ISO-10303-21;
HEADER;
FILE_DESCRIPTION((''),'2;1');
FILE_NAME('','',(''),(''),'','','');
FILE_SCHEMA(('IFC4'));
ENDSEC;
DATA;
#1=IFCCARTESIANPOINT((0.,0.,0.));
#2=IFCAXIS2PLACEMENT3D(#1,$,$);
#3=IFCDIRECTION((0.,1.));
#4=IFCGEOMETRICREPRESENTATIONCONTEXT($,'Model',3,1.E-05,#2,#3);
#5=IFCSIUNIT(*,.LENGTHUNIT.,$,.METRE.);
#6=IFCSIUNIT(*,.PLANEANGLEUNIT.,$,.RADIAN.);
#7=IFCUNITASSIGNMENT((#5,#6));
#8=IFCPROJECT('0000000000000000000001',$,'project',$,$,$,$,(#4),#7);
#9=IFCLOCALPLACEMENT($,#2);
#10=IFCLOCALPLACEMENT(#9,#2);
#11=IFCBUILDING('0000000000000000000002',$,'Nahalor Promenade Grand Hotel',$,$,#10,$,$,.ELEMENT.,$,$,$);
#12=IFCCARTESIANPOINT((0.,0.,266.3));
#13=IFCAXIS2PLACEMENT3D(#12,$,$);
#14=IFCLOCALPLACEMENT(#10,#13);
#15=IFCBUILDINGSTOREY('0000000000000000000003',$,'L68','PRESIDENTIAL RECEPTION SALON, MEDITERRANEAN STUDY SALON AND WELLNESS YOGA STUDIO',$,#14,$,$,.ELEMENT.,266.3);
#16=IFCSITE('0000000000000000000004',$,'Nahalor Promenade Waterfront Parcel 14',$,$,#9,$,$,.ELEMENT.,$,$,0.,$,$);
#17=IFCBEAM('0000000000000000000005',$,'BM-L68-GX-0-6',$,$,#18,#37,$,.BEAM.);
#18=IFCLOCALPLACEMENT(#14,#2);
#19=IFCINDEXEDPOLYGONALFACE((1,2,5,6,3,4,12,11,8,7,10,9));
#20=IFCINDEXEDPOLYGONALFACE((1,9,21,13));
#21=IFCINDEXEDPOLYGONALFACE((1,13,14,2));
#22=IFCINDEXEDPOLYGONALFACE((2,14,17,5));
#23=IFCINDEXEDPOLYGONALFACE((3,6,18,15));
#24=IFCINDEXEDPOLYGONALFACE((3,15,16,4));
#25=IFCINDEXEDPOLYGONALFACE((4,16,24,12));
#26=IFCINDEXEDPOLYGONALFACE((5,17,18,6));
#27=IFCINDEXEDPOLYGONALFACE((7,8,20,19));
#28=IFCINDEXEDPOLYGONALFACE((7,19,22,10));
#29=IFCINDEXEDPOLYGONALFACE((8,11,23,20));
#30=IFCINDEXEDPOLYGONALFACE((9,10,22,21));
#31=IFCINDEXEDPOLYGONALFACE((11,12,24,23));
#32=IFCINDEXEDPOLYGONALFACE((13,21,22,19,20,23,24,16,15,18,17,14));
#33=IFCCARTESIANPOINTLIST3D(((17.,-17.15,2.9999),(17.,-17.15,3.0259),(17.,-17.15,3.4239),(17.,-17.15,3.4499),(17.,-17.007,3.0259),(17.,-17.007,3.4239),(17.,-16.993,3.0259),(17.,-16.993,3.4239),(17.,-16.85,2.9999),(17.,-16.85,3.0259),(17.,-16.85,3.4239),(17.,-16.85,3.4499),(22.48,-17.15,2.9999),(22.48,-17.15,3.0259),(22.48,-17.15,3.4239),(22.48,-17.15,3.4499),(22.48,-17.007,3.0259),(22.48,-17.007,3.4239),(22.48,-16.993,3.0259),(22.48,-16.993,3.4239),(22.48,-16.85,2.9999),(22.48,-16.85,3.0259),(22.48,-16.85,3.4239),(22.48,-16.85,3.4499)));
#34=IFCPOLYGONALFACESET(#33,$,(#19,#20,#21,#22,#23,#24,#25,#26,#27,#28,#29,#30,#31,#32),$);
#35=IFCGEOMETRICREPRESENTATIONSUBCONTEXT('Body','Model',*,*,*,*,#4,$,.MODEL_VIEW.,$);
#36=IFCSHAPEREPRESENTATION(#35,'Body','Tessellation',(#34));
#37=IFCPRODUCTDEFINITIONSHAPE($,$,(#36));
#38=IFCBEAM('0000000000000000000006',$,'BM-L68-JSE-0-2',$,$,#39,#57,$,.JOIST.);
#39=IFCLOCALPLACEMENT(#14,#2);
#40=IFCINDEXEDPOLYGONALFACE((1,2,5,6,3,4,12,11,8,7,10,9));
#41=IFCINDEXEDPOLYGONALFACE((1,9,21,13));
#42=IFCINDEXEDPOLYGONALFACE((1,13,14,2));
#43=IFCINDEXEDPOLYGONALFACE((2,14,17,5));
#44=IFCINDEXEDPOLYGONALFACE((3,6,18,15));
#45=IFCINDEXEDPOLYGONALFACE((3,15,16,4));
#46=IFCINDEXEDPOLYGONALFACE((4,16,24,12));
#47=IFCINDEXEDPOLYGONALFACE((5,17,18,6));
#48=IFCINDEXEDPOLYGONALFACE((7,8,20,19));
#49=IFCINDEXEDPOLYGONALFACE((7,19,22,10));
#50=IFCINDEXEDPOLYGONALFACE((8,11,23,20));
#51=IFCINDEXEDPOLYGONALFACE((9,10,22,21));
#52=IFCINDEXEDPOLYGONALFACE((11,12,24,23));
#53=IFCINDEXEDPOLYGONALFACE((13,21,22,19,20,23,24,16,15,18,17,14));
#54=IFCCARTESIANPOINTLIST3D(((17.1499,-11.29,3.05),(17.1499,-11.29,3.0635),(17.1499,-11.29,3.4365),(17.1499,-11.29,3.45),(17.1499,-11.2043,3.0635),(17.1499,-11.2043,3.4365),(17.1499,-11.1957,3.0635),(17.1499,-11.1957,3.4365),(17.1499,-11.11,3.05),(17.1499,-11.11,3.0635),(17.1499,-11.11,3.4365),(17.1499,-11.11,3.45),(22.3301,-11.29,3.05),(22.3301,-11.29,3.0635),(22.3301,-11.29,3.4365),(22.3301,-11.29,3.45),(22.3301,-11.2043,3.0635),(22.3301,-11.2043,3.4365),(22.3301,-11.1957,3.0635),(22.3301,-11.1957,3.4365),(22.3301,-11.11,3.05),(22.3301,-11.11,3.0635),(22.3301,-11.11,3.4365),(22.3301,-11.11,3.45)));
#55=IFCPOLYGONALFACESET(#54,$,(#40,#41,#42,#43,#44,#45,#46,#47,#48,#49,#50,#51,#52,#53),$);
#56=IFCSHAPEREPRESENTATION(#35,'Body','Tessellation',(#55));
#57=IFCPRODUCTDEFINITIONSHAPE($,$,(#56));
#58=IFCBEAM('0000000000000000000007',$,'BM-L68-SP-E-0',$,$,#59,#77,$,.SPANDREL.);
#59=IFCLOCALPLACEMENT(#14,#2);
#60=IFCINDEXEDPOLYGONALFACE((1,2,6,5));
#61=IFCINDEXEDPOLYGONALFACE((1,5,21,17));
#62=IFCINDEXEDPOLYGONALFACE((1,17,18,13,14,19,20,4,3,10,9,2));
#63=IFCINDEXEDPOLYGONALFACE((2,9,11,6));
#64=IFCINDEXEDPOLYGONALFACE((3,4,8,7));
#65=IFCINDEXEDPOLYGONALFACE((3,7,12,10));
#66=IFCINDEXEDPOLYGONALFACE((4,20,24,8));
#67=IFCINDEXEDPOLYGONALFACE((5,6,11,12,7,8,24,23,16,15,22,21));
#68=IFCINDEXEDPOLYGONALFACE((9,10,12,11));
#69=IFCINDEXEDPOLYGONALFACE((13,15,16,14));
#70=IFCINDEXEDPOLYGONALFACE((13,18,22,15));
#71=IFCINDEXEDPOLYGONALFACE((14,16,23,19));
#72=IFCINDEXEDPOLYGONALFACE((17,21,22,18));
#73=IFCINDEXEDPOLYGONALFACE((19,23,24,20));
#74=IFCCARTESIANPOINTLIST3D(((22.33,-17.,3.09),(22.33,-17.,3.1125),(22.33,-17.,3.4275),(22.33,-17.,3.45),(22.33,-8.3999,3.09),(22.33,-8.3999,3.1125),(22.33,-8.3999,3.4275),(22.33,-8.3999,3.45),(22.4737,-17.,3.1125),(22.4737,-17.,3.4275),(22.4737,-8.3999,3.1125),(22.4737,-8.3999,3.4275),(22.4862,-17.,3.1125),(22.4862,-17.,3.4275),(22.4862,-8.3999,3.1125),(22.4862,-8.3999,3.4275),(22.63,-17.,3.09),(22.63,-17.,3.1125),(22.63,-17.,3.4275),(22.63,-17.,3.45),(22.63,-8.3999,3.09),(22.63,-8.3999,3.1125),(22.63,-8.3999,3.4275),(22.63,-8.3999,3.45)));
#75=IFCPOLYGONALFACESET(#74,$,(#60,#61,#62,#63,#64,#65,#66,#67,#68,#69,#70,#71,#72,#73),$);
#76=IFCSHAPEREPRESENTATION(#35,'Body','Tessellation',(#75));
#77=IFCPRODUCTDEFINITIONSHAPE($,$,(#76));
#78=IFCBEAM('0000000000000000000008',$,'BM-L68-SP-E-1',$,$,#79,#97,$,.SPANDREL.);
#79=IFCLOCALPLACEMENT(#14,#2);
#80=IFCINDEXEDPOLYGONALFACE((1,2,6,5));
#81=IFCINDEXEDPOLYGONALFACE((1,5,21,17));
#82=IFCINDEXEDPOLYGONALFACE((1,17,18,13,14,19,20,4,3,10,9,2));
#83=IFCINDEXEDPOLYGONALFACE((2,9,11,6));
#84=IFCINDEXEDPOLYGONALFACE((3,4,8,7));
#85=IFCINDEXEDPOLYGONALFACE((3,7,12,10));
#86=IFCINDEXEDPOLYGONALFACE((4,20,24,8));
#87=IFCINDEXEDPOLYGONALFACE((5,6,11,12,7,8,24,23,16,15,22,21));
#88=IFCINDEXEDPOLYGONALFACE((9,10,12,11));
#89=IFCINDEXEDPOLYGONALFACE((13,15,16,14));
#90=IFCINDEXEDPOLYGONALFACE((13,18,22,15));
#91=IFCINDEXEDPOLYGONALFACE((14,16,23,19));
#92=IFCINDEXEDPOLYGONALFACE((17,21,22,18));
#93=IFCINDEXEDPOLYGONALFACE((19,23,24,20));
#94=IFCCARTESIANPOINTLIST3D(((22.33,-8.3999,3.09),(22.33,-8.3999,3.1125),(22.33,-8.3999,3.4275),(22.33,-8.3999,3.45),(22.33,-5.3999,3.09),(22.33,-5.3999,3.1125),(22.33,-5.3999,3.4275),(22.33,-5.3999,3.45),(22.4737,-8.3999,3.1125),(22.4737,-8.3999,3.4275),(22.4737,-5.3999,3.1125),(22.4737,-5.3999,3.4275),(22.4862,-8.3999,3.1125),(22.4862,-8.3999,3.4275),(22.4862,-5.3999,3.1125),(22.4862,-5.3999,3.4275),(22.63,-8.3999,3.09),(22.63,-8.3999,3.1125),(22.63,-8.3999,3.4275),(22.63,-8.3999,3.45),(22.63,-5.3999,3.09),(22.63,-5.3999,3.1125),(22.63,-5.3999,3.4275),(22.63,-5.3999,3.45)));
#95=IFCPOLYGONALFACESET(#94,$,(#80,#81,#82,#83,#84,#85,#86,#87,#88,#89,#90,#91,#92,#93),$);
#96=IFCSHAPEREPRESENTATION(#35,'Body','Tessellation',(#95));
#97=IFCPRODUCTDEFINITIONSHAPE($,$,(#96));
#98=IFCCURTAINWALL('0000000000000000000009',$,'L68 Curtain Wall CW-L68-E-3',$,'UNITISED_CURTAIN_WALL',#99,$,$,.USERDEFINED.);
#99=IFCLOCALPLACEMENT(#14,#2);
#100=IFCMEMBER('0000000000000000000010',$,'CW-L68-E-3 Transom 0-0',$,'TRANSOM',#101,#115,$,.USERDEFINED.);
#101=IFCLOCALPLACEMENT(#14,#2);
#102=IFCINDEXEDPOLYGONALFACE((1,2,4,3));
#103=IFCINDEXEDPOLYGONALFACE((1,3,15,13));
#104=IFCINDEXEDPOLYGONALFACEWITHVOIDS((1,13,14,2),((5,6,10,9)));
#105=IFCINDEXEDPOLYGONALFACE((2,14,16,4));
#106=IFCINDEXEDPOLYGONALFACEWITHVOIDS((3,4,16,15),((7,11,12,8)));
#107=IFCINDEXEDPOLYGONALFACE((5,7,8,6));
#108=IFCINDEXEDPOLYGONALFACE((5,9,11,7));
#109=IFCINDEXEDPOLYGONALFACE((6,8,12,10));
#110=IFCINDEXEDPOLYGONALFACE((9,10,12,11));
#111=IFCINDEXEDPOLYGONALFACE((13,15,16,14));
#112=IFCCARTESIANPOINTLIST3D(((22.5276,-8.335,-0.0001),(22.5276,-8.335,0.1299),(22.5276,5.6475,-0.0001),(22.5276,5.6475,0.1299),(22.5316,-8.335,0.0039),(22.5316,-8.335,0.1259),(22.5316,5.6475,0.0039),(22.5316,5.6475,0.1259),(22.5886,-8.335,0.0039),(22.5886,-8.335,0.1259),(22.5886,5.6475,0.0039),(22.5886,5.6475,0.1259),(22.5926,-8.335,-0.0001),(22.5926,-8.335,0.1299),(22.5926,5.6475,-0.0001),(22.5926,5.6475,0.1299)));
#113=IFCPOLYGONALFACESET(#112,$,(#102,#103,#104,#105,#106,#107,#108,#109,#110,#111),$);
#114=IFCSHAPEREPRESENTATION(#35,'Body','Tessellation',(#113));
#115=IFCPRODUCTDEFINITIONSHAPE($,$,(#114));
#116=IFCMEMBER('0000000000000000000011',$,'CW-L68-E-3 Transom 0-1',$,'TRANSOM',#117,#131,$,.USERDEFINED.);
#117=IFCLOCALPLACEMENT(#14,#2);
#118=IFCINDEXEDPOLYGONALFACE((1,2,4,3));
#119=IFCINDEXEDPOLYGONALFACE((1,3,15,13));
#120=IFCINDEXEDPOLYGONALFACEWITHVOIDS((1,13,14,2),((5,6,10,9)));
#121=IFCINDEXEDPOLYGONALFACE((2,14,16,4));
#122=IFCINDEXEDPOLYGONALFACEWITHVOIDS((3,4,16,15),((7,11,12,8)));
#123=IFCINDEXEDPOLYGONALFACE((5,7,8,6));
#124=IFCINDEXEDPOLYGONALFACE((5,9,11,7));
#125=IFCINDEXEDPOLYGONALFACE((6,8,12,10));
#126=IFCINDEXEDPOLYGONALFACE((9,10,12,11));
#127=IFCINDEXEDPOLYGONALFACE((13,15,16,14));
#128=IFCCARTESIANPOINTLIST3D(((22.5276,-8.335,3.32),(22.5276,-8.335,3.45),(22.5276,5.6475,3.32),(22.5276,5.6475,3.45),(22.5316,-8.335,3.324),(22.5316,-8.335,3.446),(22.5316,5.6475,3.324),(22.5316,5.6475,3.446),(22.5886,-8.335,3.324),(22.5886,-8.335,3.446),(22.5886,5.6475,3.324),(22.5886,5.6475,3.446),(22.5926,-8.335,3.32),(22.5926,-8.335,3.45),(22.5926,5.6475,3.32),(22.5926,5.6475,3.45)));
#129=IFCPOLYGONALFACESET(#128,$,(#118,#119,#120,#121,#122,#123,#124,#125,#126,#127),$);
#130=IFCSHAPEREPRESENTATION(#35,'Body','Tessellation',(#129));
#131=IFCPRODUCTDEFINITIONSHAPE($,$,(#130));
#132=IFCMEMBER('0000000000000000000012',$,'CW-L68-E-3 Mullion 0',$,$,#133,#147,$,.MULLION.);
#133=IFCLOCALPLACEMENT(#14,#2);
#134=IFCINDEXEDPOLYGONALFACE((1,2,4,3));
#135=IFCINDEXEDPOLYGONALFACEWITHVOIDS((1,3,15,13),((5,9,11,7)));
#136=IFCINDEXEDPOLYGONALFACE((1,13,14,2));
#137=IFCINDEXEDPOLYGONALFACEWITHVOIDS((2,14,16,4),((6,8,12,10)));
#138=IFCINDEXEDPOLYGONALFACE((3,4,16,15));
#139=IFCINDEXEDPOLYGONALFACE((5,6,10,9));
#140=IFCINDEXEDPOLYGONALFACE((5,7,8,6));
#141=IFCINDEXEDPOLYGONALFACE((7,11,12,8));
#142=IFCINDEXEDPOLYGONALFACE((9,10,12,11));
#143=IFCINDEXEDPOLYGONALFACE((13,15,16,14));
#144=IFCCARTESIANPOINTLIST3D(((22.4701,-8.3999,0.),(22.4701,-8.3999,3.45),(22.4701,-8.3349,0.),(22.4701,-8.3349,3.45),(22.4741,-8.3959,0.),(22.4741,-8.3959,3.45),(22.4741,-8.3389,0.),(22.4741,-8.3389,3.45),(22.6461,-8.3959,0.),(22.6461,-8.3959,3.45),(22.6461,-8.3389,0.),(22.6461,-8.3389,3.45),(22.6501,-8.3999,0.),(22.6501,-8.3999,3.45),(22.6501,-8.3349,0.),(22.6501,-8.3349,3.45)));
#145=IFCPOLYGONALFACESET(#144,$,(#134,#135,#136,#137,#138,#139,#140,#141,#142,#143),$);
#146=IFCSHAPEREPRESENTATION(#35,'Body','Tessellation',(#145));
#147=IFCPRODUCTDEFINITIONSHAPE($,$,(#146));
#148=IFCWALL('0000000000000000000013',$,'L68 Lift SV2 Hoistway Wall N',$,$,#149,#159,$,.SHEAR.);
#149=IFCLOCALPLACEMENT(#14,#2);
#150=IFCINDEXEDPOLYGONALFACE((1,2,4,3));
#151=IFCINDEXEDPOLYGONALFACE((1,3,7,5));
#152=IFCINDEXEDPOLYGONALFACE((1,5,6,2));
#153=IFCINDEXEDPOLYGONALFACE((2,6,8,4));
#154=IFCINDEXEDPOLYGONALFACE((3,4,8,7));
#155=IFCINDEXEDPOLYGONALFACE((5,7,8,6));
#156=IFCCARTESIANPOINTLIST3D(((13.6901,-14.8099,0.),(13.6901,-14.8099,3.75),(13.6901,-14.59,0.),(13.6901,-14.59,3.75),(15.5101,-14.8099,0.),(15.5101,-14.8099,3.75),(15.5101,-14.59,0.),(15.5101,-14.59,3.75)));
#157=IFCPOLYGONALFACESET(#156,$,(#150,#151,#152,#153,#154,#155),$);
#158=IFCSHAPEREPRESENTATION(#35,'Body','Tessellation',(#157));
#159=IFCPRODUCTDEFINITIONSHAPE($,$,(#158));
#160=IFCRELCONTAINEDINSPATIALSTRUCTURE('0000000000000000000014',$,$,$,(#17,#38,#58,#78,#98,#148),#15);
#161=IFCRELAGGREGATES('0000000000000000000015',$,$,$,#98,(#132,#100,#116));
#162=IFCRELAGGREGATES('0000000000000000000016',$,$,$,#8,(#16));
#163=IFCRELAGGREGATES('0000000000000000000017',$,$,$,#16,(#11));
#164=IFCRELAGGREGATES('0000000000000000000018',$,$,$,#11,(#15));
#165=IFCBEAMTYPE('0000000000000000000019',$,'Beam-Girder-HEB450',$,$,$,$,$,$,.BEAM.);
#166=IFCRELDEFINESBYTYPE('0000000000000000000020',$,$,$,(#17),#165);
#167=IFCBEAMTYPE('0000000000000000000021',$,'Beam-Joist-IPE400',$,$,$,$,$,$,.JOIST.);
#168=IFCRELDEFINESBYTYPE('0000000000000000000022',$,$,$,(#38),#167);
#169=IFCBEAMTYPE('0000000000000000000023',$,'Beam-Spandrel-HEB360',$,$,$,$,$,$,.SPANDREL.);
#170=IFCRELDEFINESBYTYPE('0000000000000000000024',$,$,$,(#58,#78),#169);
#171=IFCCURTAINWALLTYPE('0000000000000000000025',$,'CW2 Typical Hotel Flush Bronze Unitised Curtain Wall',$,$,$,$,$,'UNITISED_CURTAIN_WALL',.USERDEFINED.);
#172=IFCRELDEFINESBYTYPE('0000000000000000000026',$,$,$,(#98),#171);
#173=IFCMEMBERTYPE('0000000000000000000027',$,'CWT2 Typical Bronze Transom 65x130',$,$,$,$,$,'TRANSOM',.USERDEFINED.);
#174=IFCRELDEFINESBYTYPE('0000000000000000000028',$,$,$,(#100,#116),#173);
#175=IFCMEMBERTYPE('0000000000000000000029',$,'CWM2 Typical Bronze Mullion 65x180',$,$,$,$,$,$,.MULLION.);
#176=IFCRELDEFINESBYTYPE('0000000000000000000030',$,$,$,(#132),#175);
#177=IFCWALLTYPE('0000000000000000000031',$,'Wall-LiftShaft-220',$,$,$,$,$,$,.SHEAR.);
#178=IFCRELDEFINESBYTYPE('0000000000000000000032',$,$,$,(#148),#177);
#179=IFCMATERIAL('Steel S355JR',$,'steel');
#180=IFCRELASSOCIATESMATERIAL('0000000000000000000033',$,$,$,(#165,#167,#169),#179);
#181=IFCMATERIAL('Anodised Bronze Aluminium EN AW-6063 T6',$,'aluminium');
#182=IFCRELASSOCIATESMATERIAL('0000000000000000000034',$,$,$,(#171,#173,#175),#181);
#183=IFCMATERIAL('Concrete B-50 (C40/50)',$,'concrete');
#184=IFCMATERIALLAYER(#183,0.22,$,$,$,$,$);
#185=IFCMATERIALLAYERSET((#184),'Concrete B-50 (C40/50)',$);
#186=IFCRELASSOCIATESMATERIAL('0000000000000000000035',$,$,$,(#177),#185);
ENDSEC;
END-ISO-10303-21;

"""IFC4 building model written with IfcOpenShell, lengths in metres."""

from ifc_helpers import new_model, si_unit, direction, frame, frame_2d, origin, origin_2d, place, context, subcontext, project, spatial, rectangle, hollow_rectangle, i_section, extrude, source, transform, mapped, material, layer, layer_set, material_profile, profile_set, type_object, element, aggregate, save


model = new_model("IFC4")

# Units and contexts
model_context = context("Model", 3, precision=1e-05, world=origin(), true_north=direction((0.0, 1.0)))
body_context = subcontext(model_context, "Body", "Model", "MODEL_VIEW")
ifc_project = project(units=[si_unit("LENGTHUNIT", "METRE"), si_unit("PLANEANGLEUNIT", "RADIAN")], contexts=[model_context])

# Site, building, storey
site_placement = place(None, origin())
site = spatial("IfcSite", under=ifc_project, at=site_placement, Name="Nahalor Promenade Waterfront Parcel 14", CompositionType="ELEMENT", RefElevation=0.0)
building_placement = place(site_placement, origin())
building = spatial("IfcBuilding", under=site, at=building_placement, Name="Nahalor Promenade Grand Hotel", CompositionType="ELEMENT")
storey_placement = place(building_placement, frame((0.0, 0.0, 266.3)))
storey = spatial("IfcBuildingStorey", under=building, at=storey_placement, Name="L68", Description="PRESIDENTIAL RECEPTION SALON, MEDITERRANEAN STUDY SALON AND WELLNESS YOGA STUDIO", CompositionType="ELEMENT", Elevation=266.3)

# Shared definitions
ifc_material_1 = material(Name="Steel S355JR", Category="steel")

# Beams
ifc_material_profile_1 = material_profile(ifc_material_1, i_section(OverallWidth=0.3, OverallDepth=0.45, WebThickness=0.014, FlangeThickness=0.026, at=origin_2d()), Name="HEB 450")
ifc_profile_set_1 = profile_set([ifc_material_profile_1], Name="Steel S355JR")
beam_type_1 = type_object("IfcBeamType", Name="Beam-Girder-HEB450", PredefinedType="BEAM", material=ifc_profile_set_1)
shared_shape_1 = source(origin(), body_context, "Body", "SweptSolid", [
    extrude(i_section(OverallWidth=0.3, OverallDepth=0.45, WebThickness=0.014, FlangeThickness=0.026, at=origin_2d()), origin(), (0.0, 0.0, 1.0), 5.48),
])
beam_1_placement = place(storey_placement, frame((17.0, -17.0, 3.2249), z_axis=(1.0, 0.0, 0.0), x_axis=(0.0, 1.0, 0.0)))
element("IfcBeam", 1, at=beam_1_placement, inside=storey, type_object=beam_type_1, Name="BM-L68-GX-0-6", PredefinedType="BEAM", context=body_context, shape_type="MappedRepresentation", body=[
    mapped(shared_shape_1, transform((0.0, 0.0, 0.0), scale=1.0)),
])
ifc_material_profile_2 = material_profile(ifc_material_1, i_section(OverallWidth=0.18, OverallDepth=0.4, WebThickness=0.0086, FlangeThickness=0.0135, at=origin_2d()), Name="IPE 400")
ifc_profile_set_2 = profile_set([ifc_material_profile_2], Name="Steel S355JR")
beam_type_2 = type_object("IfcBeamType", Name="Beam-Joist-IPE400", PredefinedType="JOIST", material=ifc_profile_set_2)
shared_shape_2 = source(origin(), body_context, "Body", "SweptSolid", [
    extrude(i_section(OverallWidth=0.18, OverallDepth=0.4, WebThickness=0.0086, FlangeThickness=0.0135, at=origin_2d()), origin(), (0.0, 0.0, 1.0), 5.1802),
])
beam_2_placement = place(storey_placement, frame((17.1499, -11.2, 3.25), z_axis=(1.0, 0.0, 0.0), x_axis=(0.0, 1.0, 0.0)))
element("IfcBeam", 2, at=beam_2_placement, inside=storey, type_object=beam_type_2, Name="BM-L68-JSE-0-2", PredefinedType="JOIST", context=body_context, shape_type="MappedRepresentation", body=[
    mapped(shared_shape_2, transform((0.0, 0.0, 0.0), scale=1.0)),
])
ifc_material_profile_3 = material_profile(ifc_material_1, i_section(OverallWidth=0.3, OverallDepth=0.36, WebThickness=0.0125, FlangeThickness=0.0225, at=origin_2d()), Name="HEB 360")
ifc_profile_set_3 = profile_set([ifc_material_profile_3], Name="Steel S355JR")
beam_type_3 = type_object("IfcBeamType", Name="Beam-Spandrel-HEB360", PredefinedType="SPANDREL", material=ifc_profile_set_3)
shared_shape_3 = source(origin(), body_context, "Body", "SweptSolid", [
    extrude(i_section(OverallWidth=0.3, OverallDepth=0.36, WebThickness=0.0125, FlangeThickness=0.0225, at=origin_2d()), origin(), (0.0, 0.0, 1.0), 8.6001),
])
beam_3_placement = place(storey_placement, frame((22.48, -17.0, 3.27), z_axis=(0.0, 1.0, 0.0), x_axis=(-1.0, 0.0, 0.0)))
element("IfcBeam", 3, at=beam_3_placement, inside=storey, type_object=beam_type_3, Name="BM-L68-SP-E-0", PredefinedType="SPANDREL", context=body_context, shape_type="MappedRepresentation", body=[
    mapped(shared_shape_3, transform((0.0, 0.0, 0.0), scale=1.0)),
])
shared_shape_4 = source(origin(), body_context, "Body", "SweptSolid", [
    extrude(i_section(OverallWidth=0.3, OverallDepth=0.36, WebThickness=0.0125, FlangeThickness=0.0225, at=origin_2d()), origin(), (0.0, 0.0, 1.0), 3.0),
])
beam_4_placement = place(storey_placement, frame((22.48, -8.3999, 3.27), z_axis=(0.0, 1.0, 0.0), x_axis=(-1.0, 0.0, 0.0)))
element("IfcBeam", 4, at=beam_4_placement, inside=storey, type_object=beam_type_3, Name="BM-L68-SP-E-1", PredefinedType="SPANDREL", context=body_context, shape_type="MappedRepresentation", body=[
    mapped(shared_shape_4, transform((0.0, 0.0, 0.0), scale=1.0)),
])

# Curtain wall, members
ifc_material_2 = material(Name="Anodised Bronze Aluminium EN AW-6063 T6", Category="aluminium")
curtain_wall_type = type_object("IfcCurtainWallType", Name="CW2 Typical Hotel Flush Bronze Unitised Curtain Wall", ElementType="UNITISED_CURTAIN_WALL", PredefinedType="USERDEFINED", material=ifc_material_2)
curtain_wall_placement = place(storey_placement, origin())
curtain_wall = element("IfcCurtainWall", 5, at=curtain_wall_placement, inside=storey, type_object=curtain_wall_type, Name="L68 Curtain Wall CW-L68-E-3", ObjectType="UNITISED_CURTAIN_WALL", PredefinedType="USERDEFINED")
ifc_material_profile_4 = material_profile(ifc_material_2, hollow_rectangle(XDim=0.065, YDim=0.13, WallThickness=0.004, at=origin_2d()), Name="CWT 65x130x4")
ifc_profile_set_4 = profile_set([ifc_material_profile_4], Name="Anodised Bronze Aluminium EN AW-6063 T6")
member_type_1 = type_object("IfcMemberType", Name="CWT2 Typical Bronze Transom 65x130", ElementType="TRANSOM", PredefinedType="USERDEFINED", material=ifc_profile_set_4)
shared_shape_5 = source(origin(), body_context, "Body", "SweptSolid", [
    extrude(hollow_rectangle(XDim=0.065, YDim=0.13, WallThickness=0.004, at=origin_2d()), origin(), (0.0, 0.0, 1.0), 13.9824),
])
member_1_placement = place(storey_placement, frame((22.5601, -8.335, 0.0649), z_axis=(0.0, 1.0, 0.0), x_axis=(-1.0, 0.0, 0.0)))
member_1 = element("IfcMember", 6, at=member_1_placement, type_object=member_type_1, Name="CW-L68-E-3 Transom 0-0", ObjectType="TRANSOM", PredefinedType="USERDEFINED", context=body_context, shape_type="MappedRepresentation", body=[
    mapped(shared_shape_5, transform((0.0, 0.0, 0.0), scale=1.0)),
])
member_2_placement = place(storey_placement, frame((22.5601, -8.335, 3.385), z_axis=(0.0, 1.0, 0.0), x_axis=(-1.0, 0.0, 0.0)))
member_2 = element("IfcMember", 7, at=member_2_placement, type_object=member_type_1, Name="CW-L68-E-3 Transom 0-1", ObjectType="TRANSOM", PredefinedType="USERDEFINED", context=body_context, shape_type="MappedRepresentation", body=[
    mapped(shared_shape_5, transform((0.0, 0.0, 0.0), scale=1.0)),
])
ifc_material_profile_5 = material_profile(ifc_material_2, hollow_rectangle(XDim=0.065, YDim=0.18, WallThickness=0.004, at=origin_2d()), Name="CWM 65x180x4")
ifc_profile_set_5 = profile_set([ifc_material_profile_5], Name="Anodised Bronze Aluminium EN AW-6063 T6")
member_type_2 = type_object("IfcMemberType", Name="CWM2 Typical Bronze Mullion 65x180", PredefinedType="MULLION", material=ifc_profile_set_5)
shared_shape_6 = source(origin(), body_context, "Body", "SweptSolid", [
    extrude(hollow_rectangle(XDim=0.065, YDim=0.18, WallThickness=0.004, at=origin_2d()), origin(), (0.0, 0.0, 1.0), 3.45),
])
member_3_placement = place(storey_placement, frame((22.5601, -8.3674, 0.0), z_axis=(0.0, 0.0, 1.0), x_axis=(0.0, 1.0, 0.0)))
member_3 = element("IfcMember", 8, at=member_3_placement, type_object=member_type_2, Name="CW-L68-E-3 Mullion 0", PredefinedType="MULLION", context=body_context, shape_type="MappedRepresentation", body=[
    mapped(shared_shape_6, transform((0.0, 0.0, 0.0), scale=1.0)),
])
aggregate(curtain_wall, [member_3, member_1, member_2])

# Wall
ifc_material_3 = material(Name="Concrete B-50 (C40/50)", Category="concrete")
ifc_layer_1 = layer(ifc_material_3, 0.22)
ifc_layer_set_1 = layer_set([ifc_layer_1], Name="Concrete B-50 (C40/50)")
wall_type_1 = type_object("IfcWallType", Name="Wall-LiftShaft-220", PredefinedType="SHEAR", material=ifc_layer_set_1)
shared_shape_7 = source(origin(), body_context, "Body", "SweptSolid", [
    extrude(rectangle(XDim=1.8201, YDim=0.22, at=frame_2d((0.9102, 0.0))), origin(), (0.0, 0.0, 1.0), 3.75),
])
wall_1_placement = place(storey_placement, frame((13.6899, -14.7, 0.0), z_axis=(0.0, 0.0, 1.0), x_axis=(1.0, 0.0, 0.0)))
element("IfcWall", 9, at=wall_1_placement, inside=storey, type_object=wall_type_1, Name="L68 Lift SV2 Hoistway Wall N", PredefinedType="SHEAR", context=body_context, shape_type="MappedRepresentation", body=[
    mapped(shared_shape_7, transform((0.0, 0.0, 0.0), scale=1.0)),
])

save(model, "model.ifc")
